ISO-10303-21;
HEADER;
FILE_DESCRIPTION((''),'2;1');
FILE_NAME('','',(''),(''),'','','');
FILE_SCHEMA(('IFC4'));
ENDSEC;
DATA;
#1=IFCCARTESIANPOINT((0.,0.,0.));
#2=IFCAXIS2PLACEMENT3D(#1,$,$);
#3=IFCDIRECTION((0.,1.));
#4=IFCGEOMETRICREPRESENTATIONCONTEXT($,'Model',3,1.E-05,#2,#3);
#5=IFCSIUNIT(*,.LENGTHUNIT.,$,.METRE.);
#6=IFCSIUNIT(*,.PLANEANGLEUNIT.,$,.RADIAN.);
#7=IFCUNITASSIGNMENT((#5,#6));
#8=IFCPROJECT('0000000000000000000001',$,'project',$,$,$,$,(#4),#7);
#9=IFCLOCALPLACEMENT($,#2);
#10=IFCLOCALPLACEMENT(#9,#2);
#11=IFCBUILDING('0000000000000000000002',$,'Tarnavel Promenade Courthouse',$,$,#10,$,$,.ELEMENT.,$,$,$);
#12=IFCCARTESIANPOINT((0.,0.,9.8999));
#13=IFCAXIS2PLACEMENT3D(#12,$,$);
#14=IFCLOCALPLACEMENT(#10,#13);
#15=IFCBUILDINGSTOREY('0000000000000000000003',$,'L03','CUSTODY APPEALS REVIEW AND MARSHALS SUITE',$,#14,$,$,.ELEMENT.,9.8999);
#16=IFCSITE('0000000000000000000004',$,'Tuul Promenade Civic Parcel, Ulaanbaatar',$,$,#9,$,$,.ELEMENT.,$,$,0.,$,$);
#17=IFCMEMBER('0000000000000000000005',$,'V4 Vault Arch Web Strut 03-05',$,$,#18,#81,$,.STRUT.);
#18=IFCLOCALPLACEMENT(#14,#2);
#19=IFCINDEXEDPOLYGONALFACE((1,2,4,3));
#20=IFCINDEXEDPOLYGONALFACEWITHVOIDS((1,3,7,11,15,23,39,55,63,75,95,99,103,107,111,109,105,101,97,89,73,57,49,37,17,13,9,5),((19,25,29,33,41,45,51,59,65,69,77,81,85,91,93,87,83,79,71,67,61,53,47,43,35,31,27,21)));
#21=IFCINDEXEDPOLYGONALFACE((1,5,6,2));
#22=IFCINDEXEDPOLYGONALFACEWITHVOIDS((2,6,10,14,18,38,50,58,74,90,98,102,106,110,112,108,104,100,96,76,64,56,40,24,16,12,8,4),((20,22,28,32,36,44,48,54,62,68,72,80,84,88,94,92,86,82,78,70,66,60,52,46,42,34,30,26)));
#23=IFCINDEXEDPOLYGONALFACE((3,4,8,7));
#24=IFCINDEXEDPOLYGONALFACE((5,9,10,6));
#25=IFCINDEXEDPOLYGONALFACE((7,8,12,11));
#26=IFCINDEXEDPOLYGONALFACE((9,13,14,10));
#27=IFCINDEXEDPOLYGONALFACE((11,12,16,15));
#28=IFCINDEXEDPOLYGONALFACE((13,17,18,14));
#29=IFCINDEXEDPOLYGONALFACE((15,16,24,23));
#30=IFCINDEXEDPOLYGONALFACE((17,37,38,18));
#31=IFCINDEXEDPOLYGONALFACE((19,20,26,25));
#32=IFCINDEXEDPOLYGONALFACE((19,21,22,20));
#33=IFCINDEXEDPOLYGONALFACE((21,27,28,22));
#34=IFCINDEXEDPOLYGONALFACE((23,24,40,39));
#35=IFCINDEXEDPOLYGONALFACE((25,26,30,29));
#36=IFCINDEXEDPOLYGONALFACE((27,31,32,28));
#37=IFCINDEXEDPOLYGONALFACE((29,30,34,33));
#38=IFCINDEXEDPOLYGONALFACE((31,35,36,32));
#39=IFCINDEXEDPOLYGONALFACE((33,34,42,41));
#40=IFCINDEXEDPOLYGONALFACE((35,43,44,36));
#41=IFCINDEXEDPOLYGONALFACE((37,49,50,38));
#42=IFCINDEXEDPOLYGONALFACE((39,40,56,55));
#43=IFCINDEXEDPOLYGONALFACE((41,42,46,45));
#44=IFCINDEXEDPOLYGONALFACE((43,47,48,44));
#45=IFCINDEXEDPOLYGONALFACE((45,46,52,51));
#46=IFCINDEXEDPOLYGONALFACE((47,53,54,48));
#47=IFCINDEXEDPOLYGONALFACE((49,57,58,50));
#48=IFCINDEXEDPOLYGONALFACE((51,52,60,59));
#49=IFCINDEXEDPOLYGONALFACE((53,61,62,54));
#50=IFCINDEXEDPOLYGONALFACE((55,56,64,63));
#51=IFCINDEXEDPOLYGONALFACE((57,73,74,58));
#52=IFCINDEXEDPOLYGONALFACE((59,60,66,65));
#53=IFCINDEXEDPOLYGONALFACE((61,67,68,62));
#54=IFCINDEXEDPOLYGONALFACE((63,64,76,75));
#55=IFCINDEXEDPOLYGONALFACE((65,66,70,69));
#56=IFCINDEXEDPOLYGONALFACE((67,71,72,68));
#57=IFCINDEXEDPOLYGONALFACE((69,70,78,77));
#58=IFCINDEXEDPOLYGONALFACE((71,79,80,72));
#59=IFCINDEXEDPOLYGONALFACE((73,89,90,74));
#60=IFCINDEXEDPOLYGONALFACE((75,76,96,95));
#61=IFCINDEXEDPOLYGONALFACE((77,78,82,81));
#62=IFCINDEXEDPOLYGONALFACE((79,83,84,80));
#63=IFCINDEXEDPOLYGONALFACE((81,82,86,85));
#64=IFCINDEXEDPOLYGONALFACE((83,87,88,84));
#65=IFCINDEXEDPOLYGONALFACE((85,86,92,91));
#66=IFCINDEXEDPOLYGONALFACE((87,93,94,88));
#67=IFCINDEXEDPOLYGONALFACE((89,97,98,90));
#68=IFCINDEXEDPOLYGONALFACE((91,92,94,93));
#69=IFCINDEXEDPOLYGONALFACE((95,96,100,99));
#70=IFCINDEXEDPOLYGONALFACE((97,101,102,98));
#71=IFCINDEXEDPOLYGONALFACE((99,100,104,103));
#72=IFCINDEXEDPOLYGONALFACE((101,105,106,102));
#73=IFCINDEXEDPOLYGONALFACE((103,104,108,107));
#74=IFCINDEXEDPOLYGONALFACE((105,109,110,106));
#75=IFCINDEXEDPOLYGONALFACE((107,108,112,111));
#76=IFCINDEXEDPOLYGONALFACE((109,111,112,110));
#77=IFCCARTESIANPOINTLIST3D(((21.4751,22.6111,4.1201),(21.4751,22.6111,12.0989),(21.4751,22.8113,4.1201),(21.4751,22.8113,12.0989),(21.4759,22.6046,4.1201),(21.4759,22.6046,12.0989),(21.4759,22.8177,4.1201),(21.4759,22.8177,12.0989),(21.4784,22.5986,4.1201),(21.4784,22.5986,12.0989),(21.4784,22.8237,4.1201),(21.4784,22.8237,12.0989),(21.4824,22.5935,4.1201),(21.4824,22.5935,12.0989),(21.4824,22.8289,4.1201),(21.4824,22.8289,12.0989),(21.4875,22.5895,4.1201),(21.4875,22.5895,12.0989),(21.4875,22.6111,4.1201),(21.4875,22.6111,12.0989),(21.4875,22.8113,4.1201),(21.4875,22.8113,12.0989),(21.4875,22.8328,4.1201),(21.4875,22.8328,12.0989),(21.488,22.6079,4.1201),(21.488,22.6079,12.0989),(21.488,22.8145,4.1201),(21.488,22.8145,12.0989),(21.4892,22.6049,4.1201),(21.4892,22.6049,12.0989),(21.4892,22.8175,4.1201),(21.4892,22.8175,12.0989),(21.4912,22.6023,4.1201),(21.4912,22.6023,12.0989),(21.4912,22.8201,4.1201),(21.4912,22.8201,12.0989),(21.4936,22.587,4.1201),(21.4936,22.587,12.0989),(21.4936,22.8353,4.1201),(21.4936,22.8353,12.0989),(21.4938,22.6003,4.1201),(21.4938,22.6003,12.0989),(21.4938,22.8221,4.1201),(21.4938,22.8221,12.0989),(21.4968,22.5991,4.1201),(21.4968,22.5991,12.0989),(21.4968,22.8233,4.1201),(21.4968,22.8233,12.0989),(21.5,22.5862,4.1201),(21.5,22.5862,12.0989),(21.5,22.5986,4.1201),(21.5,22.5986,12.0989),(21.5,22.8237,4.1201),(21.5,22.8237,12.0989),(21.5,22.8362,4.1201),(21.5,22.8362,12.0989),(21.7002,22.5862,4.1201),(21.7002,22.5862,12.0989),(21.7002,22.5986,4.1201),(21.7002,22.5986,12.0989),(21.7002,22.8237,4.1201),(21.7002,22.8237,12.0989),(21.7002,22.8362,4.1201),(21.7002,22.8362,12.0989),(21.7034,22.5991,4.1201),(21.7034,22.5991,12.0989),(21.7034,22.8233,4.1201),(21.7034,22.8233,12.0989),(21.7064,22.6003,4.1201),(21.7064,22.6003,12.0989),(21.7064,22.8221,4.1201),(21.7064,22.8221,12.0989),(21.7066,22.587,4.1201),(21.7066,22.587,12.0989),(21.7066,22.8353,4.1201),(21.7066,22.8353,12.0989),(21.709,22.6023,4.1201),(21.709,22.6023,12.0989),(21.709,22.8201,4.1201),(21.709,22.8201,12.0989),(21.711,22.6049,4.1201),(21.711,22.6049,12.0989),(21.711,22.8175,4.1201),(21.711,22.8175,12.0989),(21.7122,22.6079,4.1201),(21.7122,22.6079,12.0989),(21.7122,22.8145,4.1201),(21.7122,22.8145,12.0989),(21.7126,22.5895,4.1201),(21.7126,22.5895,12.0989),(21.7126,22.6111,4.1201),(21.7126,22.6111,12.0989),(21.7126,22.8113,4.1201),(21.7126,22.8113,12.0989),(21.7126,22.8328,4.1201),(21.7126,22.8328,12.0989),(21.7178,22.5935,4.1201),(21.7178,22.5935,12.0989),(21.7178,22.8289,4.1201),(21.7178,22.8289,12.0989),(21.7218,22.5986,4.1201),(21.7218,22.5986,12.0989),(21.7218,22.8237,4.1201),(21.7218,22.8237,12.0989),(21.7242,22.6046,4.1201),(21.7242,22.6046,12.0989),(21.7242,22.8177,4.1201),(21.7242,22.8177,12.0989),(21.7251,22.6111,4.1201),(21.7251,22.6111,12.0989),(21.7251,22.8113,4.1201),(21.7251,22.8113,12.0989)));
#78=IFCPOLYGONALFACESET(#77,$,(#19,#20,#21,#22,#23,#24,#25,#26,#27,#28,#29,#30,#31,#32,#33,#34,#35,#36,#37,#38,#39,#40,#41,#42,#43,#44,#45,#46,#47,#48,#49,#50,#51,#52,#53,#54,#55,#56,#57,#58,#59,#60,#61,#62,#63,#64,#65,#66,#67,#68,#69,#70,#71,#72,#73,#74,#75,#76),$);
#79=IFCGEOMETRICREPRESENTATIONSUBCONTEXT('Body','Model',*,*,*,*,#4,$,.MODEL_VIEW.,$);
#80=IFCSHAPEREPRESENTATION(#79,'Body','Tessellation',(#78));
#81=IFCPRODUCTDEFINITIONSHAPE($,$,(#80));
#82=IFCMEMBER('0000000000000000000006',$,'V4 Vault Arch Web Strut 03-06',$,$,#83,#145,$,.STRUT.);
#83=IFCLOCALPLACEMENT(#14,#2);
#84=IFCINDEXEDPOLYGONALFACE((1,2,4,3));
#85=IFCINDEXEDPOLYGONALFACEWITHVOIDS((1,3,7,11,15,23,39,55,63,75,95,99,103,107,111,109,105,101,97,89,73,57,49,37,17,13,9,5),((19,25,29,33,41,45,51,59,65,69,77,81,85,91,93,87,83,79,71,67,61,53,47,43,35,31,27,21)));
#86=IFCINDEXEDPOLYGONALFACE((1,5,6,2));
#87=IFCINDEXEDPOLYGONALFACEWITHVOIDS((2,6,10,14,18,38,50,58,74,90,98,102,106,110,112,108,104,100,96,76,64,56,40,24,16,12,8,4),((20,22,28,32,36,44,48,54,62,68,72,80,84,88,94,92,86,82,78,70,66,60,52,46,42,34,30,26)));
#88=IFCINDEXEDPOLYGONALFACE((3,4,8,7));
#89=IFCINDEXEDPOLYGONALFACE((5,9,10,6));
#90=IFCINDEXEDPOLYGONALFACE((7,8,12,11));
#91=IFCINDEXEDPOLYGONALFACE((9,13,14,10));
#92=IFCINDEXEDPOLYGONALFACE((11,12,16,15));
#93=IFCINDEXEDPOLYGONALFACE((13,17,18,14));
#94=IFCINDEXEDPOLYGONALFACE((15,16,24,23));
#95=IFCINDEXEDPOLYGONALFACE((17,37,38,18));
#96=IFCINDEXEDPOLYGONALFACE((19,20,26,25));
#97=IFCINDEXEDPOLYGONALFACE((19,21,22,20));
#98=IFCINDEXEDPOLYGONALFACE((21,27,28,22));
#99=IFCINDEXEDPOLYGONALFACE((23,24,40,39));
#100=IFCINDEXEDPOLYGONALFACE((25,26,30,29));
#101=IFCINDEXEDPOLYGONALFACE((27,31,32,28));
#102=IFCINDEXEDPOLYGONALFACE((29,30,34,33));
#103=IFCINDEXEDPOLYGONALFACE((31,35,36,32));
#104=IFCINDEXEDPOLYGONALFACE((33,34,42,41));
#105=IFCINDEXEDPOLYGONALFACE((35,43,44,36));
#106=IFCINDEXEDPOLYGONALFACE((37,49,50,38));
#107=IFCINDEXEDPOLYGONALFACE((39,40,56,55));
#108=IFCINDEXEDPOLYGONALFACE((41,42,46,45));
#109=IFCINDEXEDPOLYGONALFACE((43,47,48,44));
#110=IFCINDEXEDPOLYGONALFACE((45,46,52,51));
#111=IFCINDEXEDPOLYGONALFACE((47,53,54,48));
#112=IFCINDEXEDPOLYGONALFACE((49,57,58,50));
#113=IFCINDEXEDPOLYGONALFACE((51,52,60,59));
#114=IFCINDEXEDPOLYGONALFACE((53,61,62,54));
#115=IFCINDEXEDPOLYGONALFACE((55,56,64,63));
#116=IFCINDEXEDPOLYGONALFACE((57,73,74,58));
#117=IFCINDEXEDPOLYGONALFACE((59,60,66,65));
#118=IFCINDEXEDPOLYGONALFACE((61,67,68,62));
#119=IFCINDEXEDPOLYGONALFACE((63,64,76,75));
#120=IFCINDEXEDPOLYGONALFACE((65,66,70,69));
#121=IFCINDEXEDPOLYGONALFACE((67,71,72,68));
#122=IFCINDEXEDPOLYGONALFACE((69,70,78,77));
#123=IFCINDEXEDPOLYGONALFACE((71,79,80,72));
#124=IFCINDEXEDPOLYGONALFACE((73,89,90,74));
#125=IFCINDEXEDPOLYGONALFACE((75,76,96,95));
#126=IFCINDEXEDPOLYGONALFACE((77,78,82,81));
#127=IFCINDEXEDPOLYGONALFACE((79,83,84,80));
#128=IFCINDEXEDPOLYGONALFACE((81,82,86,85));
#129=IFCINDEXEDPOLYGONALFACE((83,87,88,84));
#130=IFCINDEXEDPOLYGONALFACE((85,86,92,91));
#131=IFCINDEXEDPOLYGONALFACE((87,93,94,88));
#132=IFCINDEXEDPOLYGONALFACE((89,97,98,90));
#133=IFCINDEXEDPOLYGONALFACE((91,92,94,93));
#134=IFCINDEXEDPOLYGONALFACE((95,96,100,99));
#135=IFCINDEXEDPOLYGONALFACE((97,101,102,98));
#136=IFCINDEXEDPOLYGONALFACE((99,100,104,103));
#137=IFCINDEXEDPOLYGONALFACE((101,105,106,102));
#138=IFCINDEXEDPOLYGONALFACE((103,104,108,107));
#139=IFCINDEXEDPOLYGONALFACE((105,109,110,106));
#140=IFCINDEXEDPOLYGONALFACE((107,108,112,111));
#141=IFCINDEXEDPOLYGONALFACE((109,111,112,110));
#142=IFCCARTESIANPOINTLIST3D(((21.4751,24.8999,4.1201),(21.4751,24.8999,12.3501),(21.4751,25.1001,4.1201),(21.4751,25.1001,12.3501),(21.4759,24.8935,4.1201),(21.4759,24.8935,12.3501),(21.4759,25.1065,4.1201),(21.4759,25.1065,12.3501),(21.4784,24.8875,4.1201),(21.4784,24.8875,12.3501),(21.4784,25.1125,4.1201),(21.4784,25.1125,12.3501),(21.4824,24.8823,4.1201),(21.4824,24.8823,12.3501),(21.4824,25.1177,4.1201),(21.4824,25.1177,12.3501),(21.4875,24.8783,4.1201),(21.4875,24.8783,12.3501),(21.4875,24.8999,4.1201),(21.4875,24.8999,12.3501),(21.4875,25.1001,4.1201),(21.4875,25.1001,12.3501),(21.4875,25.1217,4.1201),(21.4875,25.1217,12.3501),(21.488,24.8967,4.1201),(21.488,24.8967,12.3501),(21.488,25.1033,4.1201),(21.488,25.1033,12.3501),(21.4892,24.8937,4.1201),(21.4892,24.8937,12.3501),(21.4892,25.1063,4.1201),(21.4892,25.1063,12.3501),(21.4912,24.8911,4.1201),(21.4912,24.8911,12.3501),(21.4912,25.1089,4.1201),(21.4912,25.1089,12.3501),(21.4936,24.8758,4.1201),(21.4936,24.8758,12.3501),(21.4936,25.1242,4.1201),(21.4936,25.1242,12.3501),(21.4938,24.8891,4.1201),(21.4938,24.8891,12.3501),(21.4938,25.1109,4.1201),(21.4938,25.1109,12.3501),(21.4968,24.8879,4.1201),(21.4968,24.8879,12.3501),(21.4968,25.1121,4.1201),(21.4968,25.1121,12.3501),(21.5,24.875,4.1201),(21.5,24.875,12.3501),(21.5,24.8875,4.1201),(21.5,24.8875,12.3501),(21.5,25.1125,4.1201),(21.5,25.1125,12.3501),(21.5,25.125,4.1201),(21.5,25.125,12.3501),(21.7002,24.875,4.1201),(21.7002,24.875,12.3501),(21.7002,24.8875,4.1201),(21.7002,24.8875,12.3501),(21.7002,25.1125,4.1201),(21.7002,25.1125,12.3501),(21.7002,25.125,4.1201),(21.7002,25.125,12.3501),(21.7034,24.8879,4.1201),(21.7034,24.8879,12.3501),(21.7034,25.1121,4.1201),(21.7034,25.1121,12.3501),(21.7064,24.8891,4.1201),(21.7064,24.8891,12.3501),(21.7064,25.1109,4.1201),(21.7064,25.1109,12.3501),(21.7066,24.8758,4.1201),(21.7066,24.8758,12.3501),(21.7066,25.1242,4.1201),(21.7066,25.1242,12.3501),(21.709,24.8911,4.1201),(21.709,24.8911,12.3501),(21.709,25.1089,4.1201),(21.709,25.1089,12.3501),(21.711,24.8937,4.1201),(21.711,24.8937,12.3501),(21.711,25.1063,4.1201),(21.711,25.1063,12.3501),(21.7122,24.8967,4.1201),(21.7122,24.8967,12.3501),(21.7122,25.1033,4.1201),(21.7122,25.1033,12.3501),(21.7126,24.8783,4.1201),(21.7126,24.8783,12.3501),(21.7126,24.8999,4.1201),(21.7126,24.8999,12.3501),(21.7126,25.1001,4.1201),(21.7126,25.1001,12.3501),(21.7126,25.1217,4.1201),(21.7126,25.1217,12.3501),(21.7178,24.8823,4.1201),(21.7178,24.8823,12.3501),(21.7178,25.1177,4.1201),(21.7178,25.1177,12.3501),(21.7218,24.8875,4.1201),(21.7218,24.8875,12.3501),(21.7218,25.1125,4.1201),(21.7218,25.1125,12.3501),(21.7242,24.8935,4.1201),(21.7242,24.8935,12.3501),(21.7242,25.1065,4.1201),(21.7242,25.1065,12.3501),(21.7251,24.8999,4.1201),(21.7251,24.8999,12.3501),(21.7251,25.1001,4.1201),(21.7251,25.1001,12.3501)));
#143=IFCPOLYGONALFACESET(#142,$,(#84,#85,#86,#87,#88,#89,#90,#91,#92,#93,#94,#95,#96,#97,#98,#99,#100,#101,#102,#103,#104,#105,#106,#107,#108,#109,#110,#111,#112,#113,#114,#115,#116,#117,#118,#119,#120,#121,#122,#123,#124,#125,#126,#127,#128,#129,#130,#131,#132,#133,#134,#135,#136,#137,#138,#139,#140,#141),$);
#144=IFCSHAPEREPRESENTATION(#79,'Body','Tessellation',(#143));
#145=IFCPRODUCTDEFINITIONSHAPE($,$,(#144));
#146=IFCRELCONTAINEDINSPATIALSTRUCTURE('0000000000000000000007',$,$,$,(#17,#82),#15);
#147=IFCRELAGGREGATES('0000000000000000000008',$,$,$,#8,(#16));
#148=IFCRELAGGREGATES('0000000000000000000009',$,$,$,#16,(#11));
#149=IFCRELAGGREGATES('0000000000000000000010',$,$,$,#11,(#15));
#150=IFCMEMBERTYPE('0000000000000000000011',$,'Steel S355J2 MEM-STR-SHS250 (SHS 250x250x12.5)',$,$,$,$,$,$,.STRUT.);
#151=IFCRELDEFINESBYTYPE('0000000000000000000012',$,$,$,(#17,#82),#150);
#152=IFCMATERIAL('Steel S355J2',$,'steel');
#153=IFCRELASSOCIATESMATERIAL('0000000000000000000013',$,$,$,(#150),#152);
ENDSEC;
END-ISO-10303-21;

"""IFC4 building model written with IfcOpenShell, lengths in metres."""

from ifc_helpers import new_model, si_unit, direction, frame, origin, origin_2d, place, context, subcontext, project, spatial, hollow_rectangle, extrude, material, material_profile, profile_set, type_object, element, save


model = new_model("IFC4")

# Units and contexts
model_context = context("Model", 3, precision=1e-05, world=origin(), true_north=direction((0.0, 1.0)))
body_context = subcontext(model_context, "Body", "Model", "MODEL_VIEW")
ifc_project = project(units=[si_unit("LENGTHUNIT", "METRE"), si_unit("PLANEANGLEUNIT", "RADIAN")], contexts=[model_context])

# Site, building, storey
site_placement = place(None, origin())
site = spatial("IfcSite", under=ifc_project, at=site_placement, Name="Tuul Promenade Civic Parcel, Ulaanbaatar", CompositionType="ELEMENT", RefElevation=0.0)
building_placement = place(site_placement, origin())
building = spatial("IfcBuilding", under=site, at=building_placement, Name="Tarnavel Promenade Courthouse", CompositionType="ELEMENT")
storey_placement = place(building_placement, frame((0.0, 0.0, 9.8999)))
storey = spatial("IfcBuildingStorey", under=building, at=storey_placement, Name="L03", Description="CUSTODY APPEALS REVIEW AND MARSHALS SUITE", CompositionType="ELEMENT", Elevation=9.8999)

# Members
ifc_material_1 = material(Name="Steel S355J2", Category="steel")
ifc_material_profile = material_profile(ifc_material_1, hollow_rectangle(XDim=0.25, YDim=0.25, WallThickness=0.0125, InnerFilletRadius=0.0125, OuterFilletRadius=0.0249, at=origin_2d()), Name="SHS 250x250x12.5")
ifc_profile_set = profile_set([ifc_material_profile], Name="Steel S355J2")
member_type = type_object("IfcMemberType", Name="Steel S355J2 MEM-STR-SHS250 (SHS 250x250x12.5)", PredefinedType="STRUT", material=ifc_profile_set)
member_1_placement = place(storey_placement, frame((21.6001, 22.7112, 4.1201), z_axis=(0.0, 0.0, 1.0), x_axis=(1.0, 0.0, 0.0)))
element("IfcMember", 1, at=member_1_placement, inside=storey, type_object=member_type, Name="V4 Vault Arch Web Strut 03-05", PredefinedType="STRUT", context=body_context, shape_type="SweptSolid", body=[
    extrude(hollow_rectangle(XDim=0.25, YDim=0.25, WallThickness=0.0125, InnerFilletRadius=0.0125, OuterFilletRadius=0.0249, at=origin_2d()), origin(), (0.0, 0.0, 1.0), 7.9788),
])
member_2_placement = place(storey_placement, frame((21.6001, 25.0, 4.1201), z_axis=(0.0, 0.0, 1.0), x_axis=(1.0, 0.0, 0.0)))
element("IfcMember", 2, at=member_2_placement, inside=storey, type_object=member_type, Name="V4 Vault Arch Web Strut 03-06", PredefinedType="STRUT", context=body_context, shape_type="SweptSolid", body=[
    extrude(hollow_rectangle(XDim=0.25, YDim=0.25, WallThickness=0.0125, InnerFilletRadius=0.0125, OuterFilletRadius=0.0249, at=origin_2d()), origin(), (0.0, 0.0, 1.0), 8.23),
])

save(model, "model.ifc")
